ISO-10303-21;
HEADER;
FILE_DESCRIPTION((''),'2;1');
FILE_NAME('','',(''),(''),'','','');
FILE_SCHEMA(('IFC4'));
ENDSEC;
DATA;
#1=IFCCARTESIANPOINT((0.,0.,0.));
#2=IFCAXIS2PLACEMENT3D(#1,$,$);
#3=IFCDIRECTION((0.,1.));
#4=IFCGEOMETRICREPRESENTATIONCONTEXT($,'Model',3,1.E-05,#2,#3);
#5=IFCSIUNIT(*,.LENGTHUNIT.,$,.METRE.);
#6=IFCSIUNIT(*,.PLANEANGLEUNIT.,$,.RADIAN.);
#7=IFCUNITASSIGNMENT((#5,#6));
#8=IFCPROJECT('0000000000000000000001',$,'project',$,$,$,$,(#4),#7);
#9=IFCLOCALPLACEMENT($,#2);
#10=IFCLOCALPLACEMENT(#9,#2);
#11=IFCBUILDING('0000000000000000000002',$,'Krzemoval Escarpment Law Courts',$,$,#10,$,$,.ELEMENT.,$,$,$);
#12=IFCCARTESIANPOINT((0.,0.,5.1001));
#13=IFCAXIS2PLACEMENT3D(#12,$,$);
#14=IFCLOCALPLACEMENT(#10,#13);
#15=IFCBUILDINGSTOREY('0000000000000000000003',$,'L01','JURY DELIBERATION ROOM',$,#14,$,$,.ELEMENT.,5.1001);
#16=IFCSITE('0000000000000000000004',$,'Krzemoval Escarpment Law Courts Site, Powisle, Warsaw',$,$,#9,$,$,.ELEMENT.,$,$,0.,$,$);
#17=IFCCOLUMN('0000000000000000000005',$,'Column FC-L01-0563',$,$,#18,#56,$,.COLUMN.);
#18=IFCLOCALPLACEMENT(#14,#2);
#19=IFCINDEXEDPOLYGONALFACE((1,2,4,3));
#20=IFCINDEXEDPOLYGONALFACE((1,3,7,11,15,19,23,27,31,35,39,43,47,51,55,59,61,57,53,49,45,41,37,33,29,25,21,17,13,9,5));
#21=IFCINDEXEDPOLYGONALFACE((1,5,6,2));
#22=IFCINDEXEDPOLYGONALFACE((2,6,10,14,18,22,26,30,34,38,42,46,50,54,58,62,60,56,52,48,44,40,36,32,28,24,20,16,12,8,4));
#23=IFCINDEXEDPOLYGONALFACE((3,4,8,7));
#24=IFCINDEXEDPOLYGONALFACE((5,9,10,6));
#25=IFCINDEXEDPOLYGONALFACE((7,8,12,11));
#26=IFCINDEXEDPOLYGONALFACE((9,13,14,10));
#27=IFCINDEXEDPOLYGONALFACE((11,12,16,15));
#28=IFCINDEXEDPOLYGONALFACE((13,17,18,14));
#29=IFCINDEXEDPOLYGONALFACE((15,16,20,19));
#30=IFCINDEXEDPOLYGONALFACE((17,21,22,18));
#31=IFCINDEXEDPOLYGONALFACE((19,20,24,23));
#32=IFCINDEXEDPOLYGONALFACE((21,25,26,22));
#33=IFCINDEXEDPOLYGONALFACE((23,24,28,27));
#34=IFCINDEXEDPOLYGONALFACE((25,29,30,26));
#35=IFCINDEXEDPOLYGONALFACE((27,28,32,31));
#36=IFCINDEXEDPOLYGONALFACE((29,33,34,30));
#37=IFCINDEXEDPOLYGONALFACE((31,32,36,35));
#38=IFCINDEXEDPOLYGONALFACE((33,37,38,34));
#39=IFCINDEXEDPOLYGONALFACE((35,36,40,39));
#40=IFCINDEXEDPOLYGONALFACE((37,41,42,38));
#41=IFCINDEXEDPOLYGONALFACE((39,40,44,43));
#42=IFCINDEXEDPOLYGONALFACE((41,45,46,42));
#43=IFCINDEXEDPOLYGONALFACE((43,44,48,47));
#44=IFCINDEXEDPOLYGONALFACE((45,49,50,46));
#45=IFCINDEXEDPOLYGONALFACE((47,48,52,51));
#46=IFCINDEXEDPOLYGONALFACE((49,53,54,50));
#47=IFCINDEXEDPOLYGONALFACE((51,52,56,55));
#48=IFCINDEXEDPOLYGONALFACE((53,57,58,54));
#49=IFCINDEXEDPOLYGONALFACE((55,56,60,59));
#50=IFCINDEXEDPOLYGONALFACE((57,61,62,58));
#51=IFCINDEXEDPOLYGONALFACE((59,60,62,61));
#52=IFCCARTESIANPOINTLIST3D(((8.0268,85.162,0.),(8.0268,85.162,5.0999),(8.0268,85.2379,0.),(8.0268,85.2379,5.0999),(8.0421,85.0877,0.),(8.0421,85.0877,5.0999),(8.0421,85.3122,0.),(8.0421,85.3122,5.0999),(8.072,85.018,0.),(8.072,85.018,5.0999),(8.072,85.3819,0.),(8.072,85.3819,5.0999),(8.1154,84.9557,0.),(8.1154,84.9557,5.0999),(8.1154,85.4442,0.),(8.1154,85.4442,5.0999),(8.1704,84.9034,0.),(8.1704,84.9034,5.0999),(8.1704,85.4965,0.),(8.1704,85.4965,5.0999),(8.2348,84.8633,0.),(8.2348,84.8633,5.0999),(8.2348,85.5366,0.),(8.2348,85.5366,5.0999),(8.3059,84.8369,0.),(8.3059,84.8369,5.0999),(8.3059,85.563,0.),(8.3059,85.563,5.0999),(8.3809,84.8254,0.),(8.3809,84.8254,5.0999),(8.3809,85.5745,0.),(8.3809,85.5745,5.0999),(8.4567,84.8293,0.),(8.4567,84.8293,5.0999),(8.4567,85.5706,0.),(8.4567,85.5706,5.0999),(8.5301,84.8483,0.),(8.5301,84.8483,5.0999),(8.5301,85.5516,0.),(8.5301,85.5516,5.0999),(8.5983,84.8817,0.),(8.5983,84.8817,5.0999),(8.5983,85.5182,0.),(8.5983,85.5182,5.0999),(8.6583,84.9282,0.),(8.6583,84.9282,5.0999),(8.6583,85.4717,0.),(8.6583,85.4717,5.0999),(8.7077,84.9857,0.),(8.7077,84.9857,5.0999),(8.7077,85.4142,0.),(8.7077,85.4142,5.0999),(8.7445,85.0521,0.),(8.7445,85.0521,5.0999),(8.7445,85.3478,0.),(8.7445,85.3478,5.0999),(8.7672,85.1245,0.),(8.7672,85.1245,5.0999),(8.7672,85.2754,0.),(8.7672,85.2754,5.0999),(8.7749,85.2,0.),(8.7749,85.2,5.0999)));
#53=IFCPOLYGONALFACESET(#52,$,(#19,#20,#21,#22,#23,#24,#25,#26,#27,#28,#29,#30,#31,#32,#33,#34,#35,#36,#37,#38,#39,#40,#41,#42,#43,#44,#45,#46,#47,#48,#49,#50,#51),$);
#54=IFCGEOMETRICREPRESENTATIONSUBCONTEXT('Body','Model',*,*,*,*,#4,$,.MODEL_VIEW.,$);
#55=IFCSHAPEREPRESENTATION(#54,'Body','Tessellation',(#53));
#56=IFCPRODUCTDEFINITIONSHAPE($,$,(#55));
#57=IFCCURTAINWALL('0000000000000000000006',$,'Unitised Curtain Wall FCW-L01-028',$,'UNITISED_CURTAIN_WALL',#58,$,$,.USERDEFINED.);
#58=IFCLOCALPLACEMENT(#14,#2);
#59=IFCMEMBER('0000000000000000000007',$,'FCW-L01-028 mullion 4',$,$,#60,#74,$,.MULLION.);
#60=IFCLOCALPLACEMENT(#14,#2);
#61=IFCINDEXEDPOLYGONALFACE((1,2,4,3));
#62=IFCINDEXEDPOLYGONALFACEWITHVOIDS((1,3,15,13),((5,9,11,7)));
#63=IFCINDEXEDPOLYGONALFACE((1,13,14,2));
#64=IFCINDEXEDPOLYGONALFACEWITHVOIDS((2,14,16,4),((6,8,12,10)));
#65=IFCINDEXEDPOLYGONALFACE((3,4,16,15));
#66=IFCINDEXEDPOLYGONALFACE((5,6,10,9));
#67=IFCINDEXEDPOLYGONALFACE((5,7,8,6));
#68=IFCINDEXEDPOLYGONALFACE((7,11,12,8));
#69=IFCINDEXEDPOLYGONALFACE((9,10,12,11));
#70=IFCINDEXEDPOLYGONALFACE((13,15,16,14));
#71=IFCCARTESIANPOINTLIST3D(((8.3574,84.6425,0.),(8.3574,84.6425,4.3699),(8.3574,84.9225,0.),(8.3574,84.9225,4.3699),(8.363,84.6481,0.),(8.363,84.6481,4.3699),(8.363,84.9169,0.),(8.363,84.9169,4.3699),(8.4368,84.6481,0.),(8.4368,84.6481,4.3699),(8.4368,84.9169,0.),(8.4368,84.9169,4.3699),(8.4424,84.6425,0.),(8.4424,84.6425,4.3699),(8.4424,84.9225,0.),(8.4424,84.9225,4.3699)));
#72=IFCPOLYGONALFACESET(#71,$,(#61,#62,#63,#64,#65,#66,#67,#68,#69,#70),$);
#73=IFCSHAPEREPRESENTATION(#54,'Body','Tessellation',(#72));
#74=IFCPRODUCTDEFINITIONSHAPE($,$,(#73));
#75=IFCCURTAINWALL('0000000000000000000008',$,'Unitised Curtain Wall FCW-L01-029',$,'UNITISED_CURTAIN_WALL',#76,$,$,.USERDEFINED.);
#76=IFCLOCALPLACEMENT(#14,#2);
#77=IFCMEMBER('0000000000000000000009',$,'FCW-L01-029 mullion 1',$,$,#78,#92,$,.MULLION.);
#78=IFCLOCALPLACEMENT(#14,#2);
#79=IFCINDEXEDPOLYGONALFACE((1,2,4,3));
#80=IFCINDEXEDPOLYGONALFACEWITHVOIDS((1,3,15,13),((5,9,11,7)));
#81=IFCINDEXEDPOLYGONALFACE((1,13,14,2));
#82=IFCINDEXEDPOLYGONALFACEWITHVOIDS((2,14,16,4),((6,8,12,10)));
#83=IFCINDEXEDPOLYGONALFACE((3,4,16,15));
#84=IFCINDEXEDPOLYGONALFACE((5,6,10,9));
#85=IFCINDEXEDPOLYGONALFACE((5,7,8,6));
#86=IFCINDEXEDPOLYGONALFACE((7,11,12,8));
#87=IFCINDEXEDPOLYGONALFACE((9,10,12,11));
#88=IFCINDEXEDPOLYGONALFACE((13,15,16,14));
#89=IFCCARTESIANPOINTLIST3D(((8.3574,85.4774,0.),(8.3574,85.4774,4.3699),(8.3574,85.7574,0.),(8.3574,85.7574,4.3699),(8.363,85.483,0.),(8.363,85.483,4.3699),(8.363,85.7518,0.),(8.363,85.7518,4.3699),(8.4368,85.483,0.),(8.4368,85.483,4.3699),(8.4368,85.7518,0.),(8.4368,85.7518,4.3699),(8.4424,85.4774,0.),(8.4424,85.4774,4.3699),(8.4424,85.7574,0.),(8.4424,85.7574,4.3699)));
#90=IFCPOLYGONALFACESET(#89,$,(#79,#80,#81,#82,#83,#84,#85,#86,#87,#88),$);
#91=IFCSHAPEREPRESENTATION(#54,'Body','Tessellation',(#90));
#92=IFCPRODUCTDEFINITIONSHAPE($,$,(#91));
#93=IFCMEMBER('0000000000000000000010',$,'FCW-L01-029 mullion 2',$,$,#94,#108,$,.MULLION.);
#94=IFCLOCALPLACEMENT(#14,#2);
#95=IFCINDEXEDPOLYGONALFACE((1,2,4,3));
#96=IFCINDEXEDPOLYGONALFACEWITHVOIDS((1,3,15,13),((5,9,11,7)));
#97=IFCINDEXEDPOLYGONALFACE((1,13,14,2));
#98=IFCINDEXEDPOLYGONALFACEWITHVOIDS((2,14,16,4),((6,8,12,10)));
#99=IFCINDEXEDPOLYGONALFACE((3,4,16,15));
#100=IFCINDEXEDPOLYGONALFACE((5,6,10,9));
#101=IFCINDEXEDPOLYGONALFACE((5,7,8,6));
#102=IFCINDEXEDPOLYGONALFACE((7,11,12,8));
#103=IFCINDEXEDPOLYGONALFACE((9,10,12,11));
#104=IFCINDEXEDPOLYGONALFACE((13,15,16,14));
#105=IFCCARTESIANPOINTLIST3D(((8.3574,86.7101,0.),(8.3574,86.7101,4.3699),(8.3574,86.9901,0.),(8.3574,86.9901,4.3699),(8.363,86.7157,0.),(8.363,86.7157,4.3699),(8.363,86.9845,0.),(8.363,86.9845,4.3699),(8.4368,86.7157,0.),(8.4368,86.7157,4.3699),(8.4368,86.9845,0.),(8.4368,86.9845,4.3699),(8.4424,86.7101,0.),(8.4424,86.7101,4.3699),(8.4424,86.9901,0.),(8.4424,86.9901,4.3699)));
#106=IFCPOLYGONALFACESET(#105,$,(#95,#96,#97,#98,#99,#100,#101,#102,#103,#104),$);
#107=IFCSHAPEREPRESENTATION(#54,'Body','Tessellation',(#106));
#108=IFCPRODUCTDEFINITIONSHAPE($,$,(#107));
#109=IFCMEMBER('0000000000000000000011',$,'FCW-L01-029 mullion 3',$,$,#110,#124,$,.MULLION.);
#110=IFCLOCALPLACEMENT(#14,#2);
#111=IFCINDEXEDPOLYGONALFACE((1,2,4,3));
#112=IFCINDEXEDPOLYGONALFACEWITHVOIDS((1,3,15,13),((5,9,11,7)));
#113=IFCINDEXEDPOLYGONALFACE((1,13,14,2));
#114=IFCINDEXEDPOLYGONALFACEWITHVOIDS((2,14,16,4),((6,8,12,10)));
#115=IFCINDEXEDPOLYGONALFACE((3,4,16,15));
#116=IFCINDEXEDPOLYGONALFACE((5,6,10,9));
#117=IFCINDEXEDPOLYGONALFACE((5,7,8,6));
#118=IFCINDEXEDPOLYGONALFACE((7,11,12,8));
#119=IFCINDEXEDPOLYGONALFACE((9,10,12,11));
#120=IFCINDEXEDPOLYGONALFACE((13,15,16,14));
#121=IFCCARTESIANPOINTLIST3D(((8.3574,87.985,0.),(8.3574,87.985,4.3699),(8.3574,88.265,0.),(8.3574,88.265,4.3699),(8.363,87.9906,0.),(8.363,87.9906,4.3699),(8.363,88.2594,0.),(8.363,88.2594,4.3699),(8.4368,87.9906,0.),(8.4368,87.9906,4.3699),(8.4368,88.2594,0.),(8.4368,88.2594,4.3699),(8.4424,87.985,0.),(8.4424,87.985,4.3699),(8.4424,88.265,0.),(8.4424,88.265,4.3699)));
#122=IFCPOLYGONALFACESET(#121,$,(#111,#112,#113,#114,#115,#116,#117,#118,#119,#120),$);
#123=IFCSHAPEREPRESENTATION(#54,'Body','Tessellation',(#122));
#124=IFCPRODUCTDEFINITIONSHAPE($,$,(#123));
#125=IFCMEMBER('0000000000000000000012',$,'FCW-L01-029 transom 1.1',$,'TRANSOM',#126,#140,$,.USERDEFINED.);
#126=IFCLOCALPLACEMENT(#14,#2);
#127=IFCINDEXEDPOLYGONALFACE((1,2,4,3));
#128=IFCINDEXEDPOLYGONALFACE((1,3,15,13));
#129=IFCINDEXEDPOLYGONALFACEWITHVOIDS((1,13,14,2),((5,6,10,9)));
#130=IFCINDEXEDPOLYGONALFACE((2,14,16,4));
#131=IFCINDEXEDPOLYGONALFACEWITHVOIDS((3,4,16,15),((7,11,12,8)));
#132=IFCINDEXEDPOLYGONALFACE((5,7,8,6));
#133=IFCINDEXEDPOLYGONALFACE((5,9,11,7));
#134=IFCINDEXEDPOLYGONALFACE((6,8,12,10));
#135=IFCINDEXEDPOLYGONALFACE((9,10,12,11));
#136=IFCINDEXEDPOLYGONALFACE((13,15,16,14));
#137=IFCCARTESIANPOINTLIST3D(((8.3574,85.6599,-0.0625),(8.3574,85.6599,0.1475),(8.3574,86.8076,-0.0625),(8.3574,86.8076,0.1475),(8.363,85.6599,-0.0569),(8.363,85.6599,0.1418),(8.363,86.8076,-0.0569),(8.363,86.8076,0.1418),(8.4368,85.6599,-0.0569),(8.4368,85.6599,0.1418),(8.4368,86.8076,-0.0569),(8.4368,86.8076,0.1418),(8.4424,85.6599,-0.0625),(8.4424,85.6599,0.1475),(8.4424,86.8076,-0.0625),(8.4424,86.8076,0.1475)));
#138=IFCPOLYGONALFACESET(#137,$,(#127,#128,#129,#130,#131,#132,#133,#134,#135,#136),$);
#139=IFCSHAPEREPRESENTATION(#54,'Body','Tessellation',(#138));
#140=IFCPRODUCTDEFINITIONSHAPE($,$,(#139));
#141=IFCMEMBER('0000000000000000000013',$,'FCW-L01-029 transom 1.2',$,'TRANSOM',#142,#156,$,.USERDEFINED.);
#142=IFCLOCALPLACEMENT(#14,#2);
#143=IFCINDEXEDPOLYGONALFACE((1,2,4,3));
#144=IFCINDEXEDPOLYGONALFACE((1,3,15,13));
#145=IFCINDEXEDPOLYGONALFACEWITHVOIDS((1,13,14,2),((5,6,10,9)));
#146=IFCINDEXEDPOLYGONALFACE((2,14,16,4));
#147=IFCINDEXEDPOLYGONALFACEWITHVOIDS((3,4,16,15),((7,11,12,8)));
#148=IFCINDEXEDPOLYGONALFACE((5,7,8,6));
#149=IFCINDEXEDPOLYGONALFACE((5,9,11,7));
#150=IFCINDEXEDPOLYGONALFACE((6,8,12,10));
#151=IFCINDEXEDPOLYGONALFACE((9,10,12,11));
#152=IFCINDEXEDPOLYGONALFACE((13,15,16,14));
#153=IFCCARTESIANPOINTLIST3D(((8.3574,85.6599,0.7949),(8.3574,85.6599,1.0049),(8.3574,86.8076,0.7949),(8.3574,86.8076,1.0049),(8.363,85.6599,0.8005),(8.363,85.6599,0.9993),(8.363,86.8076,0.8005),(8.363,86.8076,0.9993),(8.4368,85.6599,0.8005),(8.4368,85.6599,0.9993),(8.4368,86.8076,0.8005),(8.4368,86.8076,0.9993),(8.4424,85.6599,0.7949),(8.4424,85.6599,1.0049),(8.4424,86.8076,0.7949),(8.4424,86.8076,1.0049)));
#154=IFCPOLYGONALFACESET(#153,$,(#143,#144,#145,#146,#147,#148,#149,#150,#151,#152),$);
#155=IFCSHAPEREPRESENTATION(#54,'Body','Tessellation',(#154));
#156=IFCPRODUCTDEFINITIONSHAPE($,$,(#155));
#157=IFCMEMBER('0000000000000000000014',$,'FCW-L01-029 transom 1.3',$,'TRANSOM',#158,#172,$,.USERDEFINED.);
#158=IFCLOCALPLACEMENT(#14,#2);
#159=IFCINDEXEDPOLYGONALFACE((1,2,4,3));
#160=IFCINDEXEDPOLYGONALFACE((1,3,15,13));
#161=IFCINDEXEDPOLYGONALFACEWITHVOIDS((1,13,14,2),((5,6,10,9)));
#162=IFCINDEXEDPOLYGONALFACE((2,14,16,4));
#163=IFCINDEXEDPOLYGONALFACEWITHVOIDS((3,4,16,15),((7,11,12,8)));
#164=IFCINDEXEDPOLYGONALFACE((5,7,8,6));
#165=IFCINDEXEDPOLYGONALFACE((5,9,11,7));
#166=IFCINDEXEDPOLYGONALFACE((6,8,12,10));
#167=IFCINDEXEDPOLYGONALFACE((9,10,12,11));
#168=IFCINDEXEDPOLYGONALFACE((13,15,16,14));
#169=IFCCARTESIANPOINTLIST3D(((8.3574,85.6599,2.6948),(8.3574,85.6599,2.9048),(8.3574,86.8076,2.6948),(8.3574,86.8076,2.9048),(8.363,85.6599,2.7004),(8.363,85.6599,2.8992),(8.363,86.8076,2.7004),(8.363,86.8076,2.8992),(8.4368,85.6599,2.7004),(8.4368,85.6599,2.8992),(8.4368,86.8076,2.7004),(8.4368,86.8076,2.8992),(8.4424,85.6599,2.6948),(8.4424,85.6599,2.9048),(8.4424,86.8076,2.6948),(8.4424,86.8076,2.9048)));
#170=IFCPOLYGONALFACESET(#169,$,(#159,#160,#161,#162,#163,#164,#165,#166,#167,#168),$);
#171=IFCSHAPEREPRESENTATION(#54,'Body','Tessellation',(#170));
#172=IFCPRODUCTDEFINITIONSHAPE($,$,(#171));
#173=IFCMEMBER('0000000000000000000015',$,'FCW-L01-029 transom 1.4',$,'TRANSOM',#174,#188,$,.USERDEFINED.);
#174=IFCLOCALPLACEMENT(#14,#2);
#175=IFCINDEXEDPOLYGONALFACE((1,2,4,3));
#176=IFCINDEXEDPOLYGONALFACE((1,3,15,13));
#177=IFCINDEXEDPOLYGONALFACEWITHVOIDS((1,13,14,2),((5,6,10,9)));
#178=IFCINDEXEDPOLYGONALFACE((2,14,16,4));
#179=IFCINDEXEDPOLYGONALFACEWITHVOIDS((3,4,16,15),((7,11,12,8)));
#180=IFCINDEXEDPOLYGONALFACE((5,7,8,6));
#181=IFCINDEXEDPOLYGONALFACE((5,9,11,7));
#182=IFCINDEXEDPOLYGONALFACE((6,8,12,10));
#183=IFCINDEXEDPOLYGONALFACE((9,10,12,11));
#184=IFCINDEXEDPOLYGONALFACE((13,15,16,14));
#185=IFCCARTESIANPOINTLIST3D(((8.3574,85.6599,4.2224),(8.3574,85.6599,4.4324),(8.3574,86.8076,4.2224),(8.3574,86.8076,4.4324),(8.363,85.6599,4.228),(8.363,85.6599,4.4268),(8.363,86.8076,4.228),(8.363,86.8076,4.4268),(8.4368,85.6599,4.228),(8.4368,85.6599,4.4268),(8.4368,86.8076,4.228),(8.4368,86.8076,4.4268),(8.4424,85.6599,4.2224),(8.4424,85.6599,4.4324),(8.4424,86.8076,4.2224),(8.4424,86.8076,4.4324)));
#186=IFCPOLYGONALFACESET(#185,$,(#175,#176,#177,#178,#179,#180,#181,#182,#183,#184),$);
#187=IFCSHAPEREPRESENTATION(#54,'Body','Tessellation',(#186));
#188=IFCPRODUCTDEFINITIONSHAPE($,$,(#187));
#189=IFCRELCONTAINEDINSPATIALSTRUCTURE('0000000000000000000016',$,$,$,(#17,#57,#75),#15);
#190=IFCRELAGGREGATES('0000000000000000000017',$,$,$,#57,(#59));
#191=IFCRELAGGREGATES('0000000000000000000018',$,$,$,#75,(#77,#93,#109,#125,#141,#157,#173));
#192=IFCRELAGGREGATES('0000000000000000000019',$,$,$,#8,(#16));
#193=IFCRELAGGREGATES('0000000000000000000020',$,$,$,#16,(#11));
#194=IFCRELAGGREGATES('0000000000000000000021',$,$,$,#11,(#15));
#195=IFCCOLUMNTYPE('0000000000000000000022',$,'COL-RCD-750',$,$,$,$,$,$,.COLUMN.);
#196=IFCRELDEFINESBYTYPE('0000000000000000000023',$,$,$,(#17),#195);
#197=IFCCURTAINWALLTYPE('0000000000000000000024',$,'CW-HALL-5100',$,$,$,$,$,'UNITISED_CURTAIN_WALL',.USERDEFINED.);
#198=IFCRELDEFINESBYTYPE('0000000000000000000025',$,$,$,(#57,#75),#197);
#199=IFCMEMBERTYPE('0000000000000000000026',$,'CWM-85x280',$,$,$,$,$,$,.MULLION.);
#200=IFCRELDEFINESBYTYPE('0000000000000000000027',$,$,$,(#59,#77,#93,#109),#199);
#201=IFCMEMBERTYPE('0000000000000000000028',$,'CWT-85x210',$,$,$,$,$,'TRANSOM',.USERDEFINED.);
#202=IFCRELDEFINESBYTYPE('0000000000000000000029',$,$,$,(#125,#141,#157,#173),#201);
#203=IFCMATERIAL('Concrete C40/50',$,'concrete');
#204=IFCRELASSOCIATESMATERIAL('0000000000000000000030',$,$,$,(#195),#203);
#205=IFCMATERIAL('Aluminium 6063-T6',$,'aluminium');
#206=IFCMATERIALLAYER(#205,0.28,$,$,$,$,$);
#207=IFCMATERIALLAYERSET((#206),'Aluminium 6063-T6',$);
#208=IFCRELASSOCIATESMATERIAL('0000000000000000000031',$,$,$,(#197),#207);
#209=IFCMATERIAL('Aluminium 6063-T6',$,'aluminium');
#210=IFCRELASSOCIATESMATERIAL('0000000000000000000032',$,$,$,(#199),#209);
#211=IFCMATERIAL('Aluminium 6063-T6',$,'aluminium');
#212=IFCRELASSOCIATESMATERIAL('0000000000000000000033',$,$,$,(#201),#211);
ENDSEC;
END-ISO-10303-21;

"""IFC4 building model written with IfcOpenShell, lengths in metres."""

from ifc_helpers import new_model, si_unit, direction, frame, origin, origin_2d, place, context, subcontext, project, spatial, hollow_rectangle, circle, extrude, material, layer, layer_set, material_profile, profile_set, type_object, element, aggregate, save


model = new_model("IFC4")

# Units and contexts
model_context = context("Model", 3, precision=1e-05, world=origin(), true_north=direction((0.0, 1.0)))
body_context = subcontext(model_context, "Body", "Model", "MODEL_VIEW")
ifc_project = project(units=[si_unit("LENGTHUNIT", "METRE"), si_unit("PLANEANGLEUNIT", "RADIAN")], contexts=[model_context])

# Site, building, storey
site_placement = place(None, origin())
site = spatial("IfcSite", under=ifc_project, at=site_placement, Name="Krzemoval Escarpment Law Courts Site, Powisle, Warsaw", CompositionType="ELEMENT", RefElevation=0.0)
building_placement = place(site_placement, origin())
building = spatial("IfcBuilding", under=site, at=building_placement, Name="Krzemoval Escarpment Law Courts", CompositionType="ELEMENT")
storey_placement = place(building_placement, frame((0.0, 0.0, 5.1001)))
storey = spatial("IfcBuildingStorey", under=building, at=storey_placement, Name="L01", Description="JURY DELIBERATION ROOM", CompositionType="ELEMENT", Elevation=5.1001)

# Column
ifc_material_1 = material(Name="Concrete C40/50", Category="concrete")
ifc_material_profile_1 = material_profile(ifc_material_1, circle(Radius=0.375, at=origin_2d()), Name="RC D750")
ifc_profile_set_1 = profile_set([ifc_material_profile_1], Name="Concrete C40/50")
column_type = type_object("IfcColumnType", Name="COL-RCD-750", PredefinedType="COLUMN", material=ifc_profile_set_1)
column_placement = place(storey_placement, frame((8.3999, 85.2, 0.0), z_axis=(0.0, 0.0, 1.0), x_axis=(1.0, 0.0, 0.0)))
element("IfcColumn", 1, at=column_placement, inside=storey, type_object=column_type, Name="Column FC-L01-0563", PredefinedType="COLUMN", context=body_context, shape_type="SweptSolid", body=[
    extrude(circle(Radius=0.375, at=origin_2d()), origin(), (0.0, 0.0, 1.0), 5.0999),
])

# Curtain wall, member
ifc_material_2 = material(Name="Aluminium 6063-T6", Category="aluminium")
ifc_layer_1 = layer(ifc_material_2, 0.28)
ifc_layer_set_1 = layer_set([ifc_layer_1], Name="Aluminium 6063-T6")
curtain_wall_type = type_object("IfcCurtainWallType", Name="CW-HALL-5100", ElementType="UNITISED_CURTAIN_WALL", PredefinedType="USERDEFINED", material=ifc_layer_set_1)
curtain_wall_1_placement = place(storey_placement, origin())
curtain_wall_1 = element("IfcCurtainWall", 2, at=curtain_wall_1_placement, inside=storey, type_object=curtain_wall_type, Name="Unitised Curtain Wall FCW-L01-028", ObjectType="UNITISED_CURTAIN_WALL", PredefinedType="USERDEFINED")
ifc_material_3 = material(Name="Aluminium 6063-T6", Category="aluminium")
ifc_material_profile_2 = material_profile(ifc_material_3, hollow_rectangle(XDim=0.085, YDim=0.28, WallThickness=0.0056, at=origin_2d()), Name="ALU M85x280")
ifc_profile_set_2 = profile_set([ifc_material_profile_2], Name="Aluminium 6063-T6")
member_type_1 = type_object("IfcMemberType", Name="CWM-85x280", PredefinedType="MULLION", material=ifc_profile_set_2)
member_1_placement = place(storey_placement, frame((8.3999, 84.7825, 0.0), z_axis=(0.0, 0.0, 1.0), x_axis=(-1.0, 0.0, 0.0)))
member_1 = element("IfcMember", 3, at=member_1_placement, type_object=member_type_1, Name="FCW-L01-028 mullion 4", PredefinedType="MULLION", context=body_context, shape_type="SweptSolid", body=[
    extrude(hollow_rectangle(XDim=0.085, YDim=0.28, WallThickness=0.0056, at=origin_2d()), origin(), (0.0, 0.0, 1.0), 4.3699),
])
aggregate(curtain_wall_1, [member_1])

# Curtain wall, members
curtain_wall_2_placement = place(storey_placement, origin())
curtain_wall_2 = element("IfcCurtainWall", 4, at=curtain_wall_2_placement, inside=storey, type_object=curtain_wall_type, Name="Unitised Curtain Wall FCW-L01-029", ObjectType="UNITISED_CURTAIN_WALL", PredefinedType="USERDEFINED")
member_2_placement = place(storey_placement, frame((8.3999, 85.6174, 0.0), z_axis=(0.0, 0.0, 1.0), x_axis=(-1.0, 0.0, 0.0)))
member_2 = element("IfcMember", 5, at=member_2_placement, type_object=member_type_1, Name="FCW-L01-029 mullion 1", PredefinedType="MULLION", context=body_context, shape_type="SweptSolid", body=[
    extrude(hollow_rectangle(XDim=0.085, YDim=0.28, WallThickness=0.0056, at=origin_2d()), origin(), (0.0, 0.0, 1.0), 4.3699),
])
member_3_placement = place(storey_placement, frame((8.3999, 86.8501, 0.0), z_axis=(0.0, 0.0, 1.0), x_axis=(-1.0, 0.0, 0.0)))
member_3 = element("IfcMember", 6, at=member_3_placement, type_object=member_type_1, Name="FCW-L01-029 mullion 2", PredefinedType="MULLION", context=body_context, shape_type="SweptSolid", body=[
    extrude(hollow_rectangle(XDim=0.085, YDim=0.28, WallThickness=0.0056, at=origin_2d()), origin(), (0.0, 0.0, 1.0), 4.3699),
])
member_4_placement = place(storey_placement, frame((8.3999, 88.125, 0.0), z_axis=(0.0, 0.0, 1.0), x_axis=(-1.0, 0.0, 0.0)))
member_4 = element("IfcMember", 7, at=member_4_placement, type_object=member_type_1, Name="FCW-L01-029 mullion 3", PredefinedType="MULLION", context=body_context, shape_type="SweptSolid", body=[
    extrude(hollow_rectangle(XDim=0.085, YDim=0.28, WallThickness=0.0056, at=origin_2d()), origin(), (0.0, 0.0, 1.0), 4.3699),
])
ifc_material_4 = material(Name="Aluminium 6063-T6", Category="aluminium")
ifc_material_profile_3 = material_profile(ifc_material_4, hollow_rectangle(XDim=0.085, YDim=0.21, WallThickness=0.0056, at=origin_2d()), Name="ALU T85x210")
ifc_profile_set_3 = profile_set([ifc_material_profile_3], Name="Aluminium 6063-T6")
member_type_2 = type_object("IfcMemberType", Name="CWT-85x210", ElementType="TRANSOM", PredefinedType="USERDEFINED", material=ifc_profile_set_3)
member_5_placement = place(storey_placement, frame((8.3999, 85.6599, 0.0425), z_axis=(0.0, 1.0, 0.0), x_axis=(-1.0, 0.0, 0.0)))
member_5 = element("IfcMember", 8, at=member_5_placement, type_object=member_type_2, Name="FCW-L01-029 transom 1.1", ObjectType="TRANSOM", PredefinedType="USERDEFINED", context=body_context, shape_type="SweptSolid", body=[
    extrude(hollow_rectangle(XDim=0.085, YDim=0.21, WallThickness=0.0056, at=origin_2d()), origin(), (0.0, 0.0, 1.0), 1.1477),
])
member_6_placement = place(storey_placement, frame((8.3999, 85.6599, 0.8999), z_axis=(0.0, 1.0, 0.0), x_axis=(-1.0, 0.0, 0.0)))
member_6 = element("IfcMember", 9, at=member_6_placement, type_object=member_type_2, Name="FCW-L01-029 transom 1.2", ObjectType="TRANSOM", PredefinedType="USERDEFINED", context=body_context, shape_type="SweptSolid", body=[
    extrude(hollow_rectangle(XDim=0.085, YDim=0.21, WallThickness=0.0056, at=origin_2d()), origin(), (0.0, 0.0, 1.0), 1.1477),
])
member_7_placement = place(storey_placement, frame((8.3999, 85.6599, 2.7998), z_axis=(0.0, 1.0, 0.0), x_axis=(-1.0, 0.0, 0.0)))
member_7 = element("IfcMember", 10, at=member_7_placement, type_object=member_type_2, Name="FCW-L01-029 transom 1.3", ObjectType="TRANSOM", PredefinedType="USERDEFINED", context=body_context, shape_type="SweptSolid", body=[
    extrude(hollow_rectangle(XDim=0.085, YDim=0.21, WallThickness=0.0056, at=origin_2d()), origin(), (0.0, 0.0, 1.0), 1.1477),
])
member_8_placement = place(storey_placement, frame((8.3999, 85.6599, 4.3274), z_axis=(0.0, 1.0, 0.0), x_axis=(-1.0, 0.0, 0.0)))
member_8 = element("IfcMember", 11, at=member_8_placement, type_object=member_type_2, Name="FCW-L01-029 transom 1.4", ObjectType="TRANSOM", PredefinedType="USERDEFINED", context=body_context, shape_type="SweptSolid", body=[
    extrude(hollow_rectangle(XDim=0.085, YDim=0.21, WallThickness=0.0056, at=origin_2d()), origin(), (0.0, 0.0, 1.0), 1.1477),
])

aggregate(curtain_wall_2, [member_2, member_3, member_4, member_5, member_6, member_7, member_8])

save(model, "model.ifc")
